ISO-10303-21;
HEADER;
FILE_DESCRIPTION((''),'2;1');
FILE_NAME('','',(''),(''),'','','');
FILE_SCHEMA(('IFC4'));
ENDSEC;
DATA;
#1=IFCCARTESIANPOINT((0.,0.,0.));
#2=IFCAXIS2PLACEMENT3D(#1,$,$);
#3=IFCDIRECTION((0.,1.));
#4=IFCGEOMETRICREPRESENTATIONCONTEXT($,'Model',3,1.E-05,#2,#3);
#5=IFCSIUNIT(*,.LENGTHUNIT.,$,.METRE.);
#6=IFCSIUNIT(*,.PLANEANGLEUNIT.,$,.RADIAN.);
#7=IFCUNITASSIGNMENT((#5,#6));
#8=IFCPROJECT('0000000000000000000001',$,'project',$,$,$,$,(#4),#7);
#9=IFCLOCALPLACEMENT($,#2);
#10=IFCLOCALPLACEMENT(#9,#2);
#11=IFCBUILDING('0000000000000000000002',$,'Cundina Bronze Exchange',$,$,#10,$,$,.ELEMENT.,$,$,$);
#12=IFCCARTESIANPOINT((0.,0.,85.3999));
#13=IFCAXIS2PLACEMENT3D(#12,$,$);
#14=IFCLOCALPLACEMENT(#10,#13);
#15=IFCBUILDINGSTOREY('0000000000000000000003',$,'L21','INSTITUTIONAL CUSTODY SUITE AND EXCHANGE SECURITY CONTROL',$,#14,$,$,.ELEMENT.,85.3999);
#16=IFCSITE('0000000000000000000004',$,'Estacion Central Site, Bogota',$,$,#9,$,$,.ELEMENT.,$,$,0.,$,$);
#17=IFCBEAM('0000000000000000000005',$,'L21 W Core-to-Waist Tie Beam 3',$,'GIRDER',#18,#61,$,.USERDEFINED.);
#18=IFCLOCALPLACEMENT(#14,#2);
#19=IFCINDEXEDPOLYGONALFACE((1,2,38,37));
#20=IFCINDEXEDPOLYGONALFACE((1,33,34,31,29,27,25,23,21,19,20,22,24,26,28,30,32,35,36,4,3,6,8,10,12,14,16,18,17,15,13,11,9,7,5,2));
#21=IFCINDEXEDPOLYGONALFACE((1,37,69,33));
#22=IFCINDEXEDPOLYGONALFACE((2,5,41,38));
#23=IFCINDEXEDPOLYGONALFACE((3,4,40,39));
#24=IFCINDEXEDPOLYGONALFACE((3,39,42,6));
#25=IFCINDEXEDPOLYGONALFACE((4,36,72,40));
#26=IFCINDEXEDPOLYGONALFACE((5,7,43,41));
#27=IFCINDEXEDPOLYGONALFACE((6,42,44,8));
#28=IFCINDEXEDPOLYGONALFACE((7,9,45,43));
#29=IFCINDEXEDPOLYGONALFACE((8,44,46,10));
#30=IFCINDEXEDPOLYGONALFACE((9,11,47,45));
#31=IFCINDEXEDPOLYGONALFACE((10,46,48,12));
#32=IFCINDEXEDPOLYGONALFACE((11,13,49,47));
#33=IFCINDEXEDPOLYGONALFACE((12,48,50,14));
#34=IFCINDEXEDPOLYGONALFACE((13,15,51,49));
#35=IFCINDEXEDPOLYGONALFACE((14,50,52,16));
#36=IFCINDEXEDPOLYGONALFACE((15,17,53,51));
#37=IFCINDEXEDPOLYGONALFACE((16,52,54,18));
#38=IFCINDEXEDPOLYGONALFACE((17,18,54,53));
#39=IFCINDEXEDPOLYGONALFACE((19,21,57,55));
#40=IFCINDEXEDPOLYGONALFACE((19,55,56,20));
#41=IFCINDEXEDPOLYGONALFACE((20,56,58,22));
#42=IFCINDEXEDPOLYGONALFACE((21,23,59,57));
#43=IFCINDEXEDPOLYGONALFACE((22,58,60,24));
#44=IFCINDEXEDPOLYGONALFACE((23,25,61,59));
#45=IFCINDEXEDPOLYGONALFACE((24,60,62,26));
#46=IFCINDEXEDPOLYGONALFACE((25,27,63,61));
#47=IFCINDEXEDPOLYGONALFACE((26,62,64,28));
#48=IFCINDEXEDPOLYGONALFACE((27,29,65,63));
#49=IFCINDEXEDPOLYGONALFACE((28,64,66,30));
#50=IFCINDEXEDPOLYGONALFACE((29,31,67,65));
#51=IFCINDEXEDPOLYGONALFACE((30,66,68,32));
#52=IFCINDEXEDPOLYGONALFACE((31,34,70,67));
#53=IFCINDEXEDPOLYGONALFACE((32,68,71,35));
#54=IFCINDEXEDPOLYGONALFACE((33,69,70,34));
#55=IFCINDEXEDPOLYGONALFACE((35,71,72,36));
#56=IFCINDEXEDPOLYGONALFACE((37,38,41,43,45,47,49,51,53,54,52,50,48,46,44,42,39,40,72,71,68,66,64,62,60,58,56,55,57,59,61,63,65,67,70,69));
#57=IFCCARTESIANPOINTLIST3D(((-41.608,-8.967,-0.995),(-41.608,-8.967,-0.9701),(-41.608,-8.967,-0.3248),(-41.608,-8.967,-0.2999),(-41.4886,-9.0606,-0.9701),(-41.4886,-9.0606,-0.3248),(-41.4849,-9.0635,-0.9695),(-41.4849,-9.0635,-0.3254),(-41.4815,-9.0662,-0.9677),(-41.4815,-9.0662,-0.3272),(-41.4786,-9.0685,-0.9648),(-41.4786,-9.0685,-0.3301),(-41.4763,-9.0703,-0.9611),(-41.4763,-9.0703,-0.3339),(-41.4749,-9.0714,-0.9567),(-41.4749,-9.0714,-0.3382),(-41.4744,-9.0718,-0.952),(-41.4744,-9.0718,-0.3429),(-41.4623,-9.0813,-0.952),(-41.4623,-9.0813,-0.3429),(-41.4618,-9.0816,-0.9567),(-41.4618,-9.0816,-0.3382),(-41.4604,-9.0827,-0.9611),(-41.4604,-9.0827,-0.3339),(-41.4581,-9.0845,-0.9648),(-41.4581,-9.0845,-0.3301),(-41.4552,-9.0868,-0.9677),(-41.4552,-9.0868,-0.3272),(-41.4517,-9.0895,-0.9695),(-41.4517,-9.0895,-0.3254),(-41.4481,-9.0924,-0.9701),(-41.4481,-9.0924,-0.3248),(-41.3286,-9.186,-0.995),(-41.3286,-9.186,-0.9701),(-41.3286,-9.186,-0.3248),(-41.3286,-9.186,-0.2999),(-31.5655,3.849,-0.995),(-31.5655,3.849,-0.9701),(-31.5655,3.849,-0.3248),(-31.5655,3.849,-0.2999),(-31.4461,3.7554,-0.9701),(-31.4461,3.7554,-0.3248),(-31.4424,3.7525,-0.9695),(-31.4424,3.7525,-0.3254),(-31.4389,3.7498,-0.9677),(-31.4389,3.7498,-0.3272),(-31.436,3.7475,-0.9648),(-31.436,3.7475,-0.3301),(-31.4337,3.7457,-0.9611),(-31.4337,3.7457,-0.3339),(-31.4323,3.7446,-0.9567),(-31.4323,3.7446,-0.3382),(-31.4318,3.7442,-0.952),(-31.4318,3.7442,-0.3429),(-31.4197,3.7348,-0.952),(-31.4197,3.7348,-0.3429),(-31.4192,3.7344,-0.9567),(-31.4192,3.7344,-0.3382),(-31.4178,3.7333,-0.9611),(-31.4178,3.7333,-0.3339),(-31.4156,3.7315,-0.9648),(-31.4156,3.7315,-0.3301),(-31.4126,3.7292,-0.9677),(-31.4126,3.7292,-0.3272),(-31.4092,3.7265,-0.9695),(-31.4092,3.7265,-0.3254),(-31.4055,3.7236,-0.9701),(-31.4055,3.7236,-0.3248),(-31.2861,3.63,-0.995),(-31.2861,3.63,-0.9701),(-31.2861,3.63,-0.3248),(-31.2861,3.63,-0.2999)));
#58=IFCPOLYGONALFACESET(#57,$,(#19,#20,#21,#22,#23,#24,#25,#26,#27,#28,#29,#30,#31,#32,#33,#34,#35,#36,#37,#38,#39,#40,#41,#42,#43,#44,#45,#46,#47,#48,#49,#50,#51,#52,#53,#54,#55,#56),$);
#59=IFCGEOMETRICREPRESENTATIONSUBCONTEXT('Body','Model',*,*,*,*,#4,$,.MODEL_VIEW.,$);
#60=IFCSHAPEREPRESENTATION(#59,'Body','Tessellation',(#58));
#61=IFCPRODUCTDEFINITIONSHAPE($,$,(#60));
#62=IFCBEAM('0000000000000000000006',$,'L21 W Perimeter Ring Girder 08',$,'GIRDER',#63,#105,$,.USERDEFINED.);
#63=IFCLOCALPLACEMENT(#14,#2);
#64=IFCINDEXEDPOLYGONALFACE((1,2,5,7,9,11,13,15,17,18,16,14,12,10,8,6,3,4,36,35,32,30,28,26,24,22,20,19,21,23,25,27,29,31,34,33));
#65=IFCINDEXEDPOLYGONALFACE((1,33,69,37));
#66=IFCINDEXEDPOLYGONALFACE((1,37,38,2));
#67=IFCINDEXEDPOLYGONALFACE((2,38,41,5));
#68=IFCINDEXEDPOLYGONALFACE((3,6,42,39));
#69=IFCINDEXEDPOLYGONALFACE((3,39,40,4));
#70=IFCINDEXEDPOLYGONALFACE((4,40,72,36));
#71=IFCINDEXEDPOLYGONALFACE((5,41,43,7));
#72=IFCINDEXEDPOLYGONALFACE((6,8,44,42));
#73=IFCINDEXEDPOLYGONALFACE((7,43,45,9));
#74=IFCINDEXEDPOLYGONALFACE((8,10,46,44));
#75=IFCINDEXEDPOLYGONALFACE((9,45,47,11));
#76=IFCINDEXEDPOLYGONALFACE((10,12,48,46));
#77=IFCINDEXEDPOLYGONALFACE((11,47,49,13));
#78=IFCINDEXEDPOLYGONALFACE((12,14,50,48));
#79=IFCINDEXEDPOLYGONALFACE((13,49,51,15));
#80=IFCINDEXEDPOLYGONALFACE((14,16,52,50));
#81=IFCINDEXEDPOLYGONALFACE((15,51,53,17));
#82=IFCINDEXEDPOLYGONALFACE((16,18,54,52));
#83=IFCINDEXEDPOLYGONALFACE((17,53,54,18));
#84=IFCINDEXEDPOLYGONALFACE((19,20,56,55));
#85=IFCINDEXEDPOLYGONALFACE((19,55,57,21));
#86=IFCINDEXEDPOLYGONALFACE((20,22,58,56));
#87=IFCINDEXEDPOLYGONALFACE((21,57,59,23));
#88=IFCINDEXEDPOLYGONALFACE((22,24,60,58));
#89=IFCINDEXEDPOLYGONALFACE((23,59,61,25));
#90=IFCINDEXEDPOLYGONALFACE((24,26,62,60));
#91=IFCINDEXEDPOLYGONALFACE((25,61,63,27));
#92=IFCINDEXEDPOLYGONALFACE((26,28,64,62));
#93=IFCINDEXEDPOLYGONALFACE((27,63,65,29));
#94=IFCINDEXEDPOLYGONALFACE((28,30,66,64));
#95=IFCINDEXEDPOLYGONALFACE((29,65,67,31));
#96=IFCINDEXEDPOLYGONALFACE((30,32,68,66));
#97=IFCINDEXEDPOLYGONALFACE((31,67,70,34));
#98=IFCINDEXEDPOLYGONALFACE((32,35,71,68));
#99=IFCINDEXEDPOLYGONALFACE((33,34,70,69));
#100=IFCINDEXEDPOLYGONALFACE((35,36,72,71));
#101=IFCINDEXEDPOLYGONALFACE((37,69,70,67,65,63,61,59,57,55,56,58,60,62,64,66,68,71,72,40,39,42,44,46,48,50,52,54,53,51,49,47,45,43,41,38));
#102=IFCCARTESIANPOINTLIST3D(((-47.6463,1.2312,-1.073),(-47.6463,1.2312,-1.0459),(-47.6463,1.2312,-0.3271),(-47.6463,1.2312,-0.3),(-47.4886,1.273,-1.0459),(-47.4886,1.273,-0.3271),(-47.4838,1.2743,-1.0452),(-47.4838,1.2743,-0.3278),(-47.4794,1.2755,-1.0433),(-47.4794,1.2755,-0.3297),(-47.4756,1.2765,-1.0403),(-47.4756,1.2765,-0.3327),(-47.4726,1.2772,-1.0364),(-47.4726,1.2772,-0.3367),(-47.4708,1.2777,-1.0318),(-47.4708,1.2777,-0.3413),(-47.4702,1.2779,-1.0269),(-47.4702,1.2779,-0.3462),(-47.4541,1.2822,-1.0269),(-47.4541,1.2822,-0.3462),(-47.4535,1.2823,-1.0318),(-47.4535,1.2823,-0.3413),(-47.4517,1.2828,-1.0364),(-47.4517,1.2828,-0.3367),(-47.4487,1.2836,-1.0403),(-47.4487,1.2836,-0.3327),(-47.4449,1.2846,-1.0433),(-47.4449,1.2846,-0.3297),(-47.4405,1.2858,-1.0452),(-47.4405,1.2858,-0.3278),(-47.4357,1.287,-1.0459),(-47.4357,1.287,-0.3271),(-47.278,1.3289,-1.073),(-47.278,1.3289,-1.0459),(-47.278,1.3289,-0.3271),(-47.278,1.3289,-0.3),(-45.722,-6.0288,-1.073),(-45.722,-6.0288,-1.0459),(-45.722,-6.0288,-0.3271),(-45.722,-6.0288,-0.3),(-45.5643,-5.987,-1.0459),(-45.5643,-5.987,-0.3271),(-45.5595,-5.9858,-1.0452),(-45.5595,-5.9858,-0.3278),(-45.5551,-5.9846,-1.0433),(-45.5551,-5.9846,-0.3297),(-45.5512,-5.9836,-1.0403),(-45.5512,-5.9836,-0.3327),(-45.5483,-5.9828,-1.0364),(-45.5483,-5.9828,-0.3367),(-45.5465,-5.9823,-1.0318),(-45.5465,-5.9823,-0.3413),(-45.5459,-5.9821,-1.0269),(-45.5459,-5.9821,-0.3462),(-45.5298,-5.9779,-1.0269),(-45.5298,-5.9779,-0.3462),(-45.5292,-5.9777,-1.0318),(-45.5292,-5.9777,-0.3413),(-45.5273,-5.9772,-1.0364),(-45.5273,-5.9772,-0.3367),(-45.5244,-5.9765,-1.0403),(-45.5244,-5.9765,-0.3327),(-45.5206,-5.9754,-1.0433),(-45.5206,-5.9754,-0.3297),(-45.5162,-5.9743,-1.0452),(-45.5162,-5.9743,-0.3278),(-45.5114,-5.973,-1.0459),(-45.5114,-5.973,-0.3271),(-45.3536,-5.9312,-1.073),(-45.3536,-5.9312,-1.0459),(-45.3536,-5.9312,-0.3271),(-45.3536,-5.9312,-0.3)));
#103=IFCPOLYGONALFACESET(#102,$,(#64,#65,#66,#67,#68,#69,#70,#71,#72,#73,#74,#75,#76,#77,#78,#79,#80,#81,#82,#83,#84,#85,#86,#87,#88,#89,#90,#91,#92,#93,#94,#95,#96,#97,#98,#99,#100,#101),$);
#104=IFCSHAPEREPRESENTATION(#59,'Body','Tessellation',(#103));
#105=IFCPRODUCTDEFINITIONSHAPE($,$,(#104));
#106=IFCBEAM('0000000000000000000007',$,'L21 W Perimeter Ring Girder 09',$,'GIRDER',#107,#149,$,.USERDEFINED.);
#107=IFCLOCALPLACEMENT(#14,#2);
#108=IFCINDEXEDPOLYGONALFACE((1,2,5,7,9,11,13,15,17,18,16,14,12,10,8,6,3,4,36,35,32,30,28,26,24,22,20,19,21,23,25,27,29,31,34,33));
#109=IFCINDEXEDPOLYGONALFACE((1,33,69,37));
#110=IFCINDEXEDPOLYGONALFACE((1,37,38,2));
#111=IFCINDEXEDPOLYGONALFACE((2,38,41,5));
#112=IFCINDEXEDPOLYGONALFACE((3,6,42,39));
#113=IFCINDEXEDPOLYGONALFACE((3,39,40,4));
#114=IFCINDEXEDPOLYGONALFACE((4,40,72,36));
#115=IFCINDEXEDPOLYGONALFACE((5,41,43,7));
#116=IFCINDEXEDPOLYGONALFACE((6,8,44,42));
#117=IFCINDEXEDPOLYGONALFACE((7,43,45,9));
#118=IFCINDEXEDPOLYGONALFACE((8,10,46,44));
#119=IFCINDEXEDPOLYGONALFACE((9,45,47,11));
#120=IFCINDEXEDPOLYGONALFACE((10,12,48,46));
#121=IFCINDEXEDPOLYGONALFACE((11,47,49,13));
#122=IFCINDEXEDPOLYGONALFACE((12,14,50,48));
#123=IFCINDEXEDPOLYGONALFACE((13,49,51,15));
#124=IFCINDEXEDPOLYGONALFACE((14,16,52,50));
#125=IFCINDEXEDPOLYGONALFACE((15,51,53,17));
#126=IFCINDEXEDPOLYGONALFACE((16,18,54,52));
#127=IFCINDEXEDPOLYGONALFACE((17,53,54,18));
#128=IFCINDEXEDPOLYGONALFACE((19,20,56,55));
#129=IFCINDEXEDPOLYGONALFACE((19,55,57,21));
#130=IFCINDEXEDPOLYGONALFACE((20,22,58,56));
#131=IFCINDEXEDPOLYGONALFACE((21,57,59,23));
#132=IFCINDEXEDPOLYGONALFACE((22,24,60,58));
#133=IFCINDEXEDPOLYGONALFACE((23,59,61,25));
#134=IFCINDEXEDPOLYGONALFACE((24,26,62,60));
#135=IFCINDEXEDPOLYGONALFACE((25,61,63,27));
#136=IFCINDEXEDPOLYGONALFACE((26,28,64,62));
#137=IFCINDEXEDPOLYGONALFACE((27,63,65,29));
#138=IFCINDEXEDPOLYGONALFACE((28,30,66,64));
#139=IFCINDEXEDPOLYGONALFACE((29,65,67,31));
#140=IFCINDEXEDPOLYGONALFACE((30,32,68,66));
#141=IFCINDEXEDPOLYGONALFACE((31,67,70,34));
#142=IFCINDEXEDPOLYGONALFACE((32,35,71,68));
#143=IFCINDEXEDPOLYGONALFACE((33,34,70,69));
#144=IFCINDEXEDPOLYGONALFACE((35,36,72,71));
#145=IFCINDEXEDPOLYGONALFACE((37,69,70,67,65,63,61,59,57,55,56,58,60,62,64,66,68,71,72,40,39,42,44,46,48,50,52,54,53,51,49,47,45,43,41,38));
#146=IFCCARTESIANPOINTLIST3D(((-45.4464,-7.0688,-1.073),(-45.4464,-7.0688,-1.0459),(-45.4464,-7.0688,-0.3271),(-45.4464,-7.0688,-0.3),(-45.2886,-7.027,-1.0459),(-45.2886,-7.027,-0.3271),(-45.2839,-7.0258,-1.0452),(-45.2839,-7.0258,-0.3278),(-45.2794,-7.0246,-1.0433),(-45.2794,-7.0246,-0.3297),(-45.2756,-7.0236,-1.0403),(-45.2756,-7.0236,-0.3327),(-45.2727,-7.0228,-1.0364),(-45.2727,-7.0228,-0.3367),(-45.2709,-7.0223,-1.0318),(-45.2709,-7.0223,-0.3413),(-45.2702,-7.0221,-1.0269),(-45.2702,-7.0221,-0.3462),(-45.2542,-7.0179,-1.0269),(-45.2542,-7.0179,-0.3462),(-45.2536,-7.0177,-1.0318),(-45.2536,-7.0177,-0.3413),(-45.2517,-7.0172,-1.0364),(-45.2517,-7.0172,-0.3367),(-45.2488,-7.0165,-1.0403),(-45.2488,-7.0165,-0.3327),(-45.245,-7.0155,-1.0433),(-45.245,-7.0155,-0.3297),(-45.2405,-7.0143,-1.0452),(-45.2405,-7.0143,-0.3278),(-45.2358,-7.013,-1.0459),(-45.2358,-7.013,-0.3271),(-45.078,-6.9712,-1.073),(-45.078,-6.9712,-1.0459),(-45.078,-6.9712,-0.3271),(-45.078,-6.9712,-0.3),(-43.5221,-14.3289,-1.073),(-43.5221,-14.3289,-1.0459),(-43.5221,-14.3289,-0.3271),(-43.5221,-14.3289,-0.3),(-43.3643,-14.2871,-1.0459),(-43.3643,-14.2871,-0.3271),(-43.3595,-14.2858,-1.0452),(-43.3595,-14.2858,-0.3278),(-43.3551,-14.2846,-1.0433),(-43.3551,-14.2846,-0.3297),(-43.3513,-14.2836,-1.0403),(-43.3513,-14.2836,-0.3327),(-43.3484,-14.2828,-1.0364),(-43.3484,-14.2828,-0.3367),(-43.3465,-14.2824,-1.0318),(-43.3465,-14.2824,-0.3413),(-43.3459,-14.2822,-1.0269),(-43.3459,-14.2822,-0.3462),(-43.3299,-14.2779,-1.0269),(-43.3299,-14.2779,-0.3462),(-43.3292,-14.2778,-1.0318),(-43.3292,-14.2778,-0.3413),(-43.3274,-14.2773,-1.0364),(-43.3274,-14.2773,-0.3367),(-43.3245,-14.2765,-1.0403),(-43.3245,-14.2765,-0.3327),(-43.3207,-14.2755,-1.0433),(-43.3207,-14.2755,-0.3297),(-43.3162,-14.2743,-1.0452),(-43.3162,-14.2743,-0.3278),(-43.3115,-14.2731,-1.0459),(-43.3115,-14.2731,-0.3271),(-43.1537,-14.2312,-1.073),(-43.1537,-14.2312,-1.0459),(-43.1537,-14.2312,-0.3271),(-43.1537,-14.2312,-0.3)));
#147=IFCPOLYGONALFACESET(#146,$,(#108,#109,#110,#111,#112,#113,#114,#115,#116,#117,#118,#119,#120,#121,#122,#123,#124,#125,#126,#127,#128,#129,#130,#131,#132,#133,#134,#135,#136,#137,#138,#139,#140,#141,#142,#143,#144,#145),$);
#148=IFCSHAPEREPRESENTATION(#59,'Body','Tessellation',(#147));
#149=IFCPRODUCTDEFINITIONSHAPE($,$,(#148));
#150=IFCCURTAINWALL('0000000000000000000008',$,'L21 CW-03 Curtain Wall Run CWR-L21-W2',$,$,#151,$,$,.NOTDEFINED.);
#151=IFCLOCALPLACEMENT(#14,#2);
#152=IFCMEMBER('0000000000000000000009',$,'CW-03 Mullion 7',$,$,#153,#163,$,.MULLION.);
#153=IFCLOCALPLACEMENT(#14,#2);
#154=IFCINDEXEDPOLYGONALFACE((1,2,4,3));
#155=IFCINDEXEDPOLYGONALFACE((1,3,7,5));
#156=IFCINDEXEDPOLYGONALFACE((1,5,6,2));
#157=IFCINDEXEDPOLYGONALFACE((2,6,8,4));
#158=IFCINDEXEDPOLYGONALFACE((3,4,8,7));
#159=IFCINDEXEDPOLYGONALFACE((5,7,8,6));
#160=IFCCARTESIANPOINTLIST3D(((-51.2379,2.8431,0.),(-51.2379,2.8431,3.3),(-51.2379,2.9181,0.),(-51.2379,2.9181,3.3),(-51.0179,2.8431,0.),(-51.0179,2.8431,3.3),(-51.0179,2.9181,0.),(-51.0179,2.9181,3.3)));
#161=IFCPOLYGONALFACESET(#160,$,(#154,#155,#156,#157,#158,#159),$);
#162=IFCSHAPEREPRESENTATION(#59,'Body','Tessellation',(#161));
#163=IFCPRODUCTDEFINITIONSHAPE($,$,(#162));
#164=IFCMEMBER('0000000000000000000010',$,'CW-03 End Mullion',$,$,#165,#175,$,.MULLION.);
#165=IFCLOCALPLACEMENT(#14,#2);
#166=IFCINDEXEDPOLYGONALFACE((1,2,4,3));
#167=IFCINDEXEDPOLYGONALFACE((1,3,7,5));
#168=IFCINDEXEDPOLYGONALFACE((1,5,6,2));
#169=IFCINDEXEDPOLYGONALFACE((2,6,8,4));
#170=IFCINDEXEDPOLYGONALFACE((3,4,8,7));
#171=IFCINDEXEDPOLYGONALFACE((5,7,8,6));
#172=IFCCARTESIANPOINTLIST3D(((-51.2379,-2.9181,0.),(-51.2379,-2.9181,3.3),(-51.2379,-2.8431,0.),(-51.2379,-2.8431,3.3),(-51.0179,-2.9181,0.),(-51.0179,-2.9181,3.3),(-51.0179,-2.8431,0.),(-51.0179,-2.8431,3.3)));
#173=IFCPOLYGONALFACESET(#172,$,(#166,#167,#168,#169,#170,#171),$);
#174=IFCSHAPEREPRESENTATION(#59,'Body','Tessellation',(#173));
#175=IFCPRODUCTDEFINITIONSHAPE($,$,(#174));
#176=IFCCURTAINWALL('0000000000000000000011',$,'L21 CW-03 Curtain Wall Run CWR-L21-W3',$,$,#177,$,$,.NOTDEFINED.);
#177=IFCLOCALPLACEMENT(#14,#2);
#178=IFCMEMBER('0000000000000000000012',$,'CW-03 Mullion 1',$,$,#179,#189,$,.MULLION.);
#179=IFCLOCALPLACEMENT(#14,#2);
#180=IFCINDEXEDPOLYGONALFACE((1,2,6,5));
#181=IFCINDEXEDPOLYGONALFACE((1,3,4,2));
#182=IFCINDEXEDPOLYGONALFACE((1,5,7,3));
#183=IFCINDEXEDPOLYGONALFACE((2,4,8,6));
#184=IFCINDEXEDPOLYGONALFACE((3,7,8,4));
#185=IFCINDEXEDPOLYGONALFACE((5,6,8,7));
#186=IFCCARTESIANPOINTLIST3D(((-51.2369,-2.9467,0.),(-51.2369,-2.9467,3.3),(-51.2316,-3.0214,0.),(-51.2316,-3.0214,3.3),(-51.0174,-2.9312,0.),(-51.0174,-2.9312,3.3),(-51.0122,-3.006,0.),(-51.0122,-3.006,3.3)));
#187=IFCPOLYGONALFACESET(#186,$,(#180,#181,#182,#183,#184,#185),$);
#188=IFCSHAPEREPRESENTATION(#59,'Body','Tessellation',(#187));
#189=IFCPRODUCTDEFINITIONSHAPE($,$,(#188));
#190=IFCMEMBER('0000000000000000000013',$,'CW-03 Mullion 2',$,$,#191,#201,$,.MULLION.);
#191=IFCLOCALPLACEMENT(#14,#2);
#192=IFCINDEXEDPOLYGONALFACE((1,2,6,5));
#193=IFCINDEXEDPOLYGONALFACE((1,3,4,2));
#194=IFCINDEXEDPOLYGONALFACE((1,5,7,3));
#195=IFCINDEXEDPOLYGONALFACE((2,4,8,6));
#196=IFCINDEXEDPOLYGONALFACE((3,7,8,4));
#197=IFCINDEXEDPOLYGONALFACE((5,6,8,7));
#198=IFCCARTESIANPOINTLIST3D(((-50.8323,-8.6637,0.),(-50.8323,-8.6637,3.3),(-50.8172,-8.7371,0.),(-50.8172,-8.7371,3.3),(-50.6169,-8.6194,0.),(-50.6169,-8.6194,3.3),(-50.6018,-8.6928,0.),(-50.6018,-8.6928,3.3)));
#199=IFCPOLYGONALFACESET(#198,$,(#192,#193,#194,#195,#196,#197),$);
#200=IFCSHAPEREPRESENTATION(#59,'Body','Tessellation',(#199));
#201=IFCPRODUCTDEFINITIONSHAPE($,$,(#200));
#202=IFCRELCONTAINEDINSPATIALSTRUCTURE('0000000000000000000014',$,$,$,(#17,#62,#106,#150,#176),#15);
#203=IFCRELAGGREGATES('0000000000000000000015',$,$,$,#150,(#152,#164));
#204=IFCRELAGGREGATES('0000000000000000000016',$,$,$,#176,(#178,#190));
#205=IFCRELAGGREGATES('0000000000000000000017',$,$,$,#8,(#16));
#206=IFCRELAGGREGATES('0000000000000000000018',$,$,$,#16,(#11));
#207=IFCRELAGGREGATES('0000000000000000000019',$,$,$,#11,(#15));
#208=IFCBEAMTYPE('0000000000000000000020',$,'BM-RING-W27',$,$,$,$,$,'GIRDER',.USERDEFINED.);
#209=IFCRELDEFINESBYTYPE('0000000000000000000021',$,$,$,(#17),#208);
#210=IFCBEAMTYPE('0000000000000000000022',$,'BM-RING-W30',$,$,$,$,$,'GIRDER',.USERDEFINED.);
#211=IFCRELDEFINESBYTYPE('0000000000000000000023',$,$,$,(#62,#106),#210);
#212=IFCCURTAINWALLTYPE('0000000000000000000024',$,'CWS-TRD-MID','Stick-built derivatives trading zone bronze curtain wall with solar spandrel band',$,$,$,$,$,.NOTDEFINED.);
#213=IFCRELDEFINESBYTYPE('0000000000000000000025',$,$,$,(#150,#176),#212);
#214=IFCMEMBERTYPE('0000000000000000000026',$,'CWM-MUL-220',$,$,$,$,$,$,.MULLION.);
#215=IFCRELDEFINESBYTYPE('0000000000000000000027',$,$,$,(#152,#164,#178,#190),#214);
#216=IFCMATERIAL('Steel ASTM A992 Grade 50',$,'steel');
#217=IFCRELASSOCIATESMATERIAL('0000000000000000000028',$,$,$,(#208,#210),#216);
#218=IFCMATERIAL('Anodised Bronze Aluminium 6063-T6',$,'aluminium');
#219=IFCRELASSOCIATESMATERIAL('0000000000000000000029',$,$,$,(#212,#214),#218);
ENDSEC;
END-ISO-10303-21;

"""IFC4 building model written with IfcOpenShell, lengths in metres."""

from ifc_helpers import new_model, si_unit, direction, frame, origin, origin_2d, place, context, subcontext, project, spatial, rectangle, i_section, extrude, material, material_profile, profile_set, type_object, element, aggregate, save


model = new_model("IFC4")

# Units and contexts
model_context = context("Model", 3, precision=1e-05, world=origin(), true_north=direction((0.0, 1.0)))
body_context = subcontext(model_context, "Body", "Model", "MODEL_VIEW")
ifc_project = project(units=[si_unit("LENGTHUNIT", "METRE"), si_unit("PLANEANGLEUNIT", "RADIAN")], contexts=[model_context])

# Site, building, storey
site_placement = place(None, origin())
site = spatial("IfcSite", under=ifc_project, at=site_placement, Name="Estacion Central Site, Bogota", CompositionType="ELEMENT", RefElevation=0.0)
building_placement = place(site_placement, origin())
building = spatial("IfcBuilding", under=site, at=building_placement, Name="Cundina Bronze Exchange", CompositionType="ELEMENT")
storey_placement = place(building_placement, frame((0.0, 0.0, 85.3999)))
storey = spatial("IfcBuildingStorey", under=building, at=storey_placement, Name="L21", Description="INSTITUTIONAL CUSTODY SUITE AND EXCHANGE SECURITY CONTROL", CompositionType="ELEMENT", Elevation=85.3999)

# Shared definitions
ifc_material_1 = material(Name="Steel ASTM A992 Grade 50", Category="steel")

# Beams
ifc_material_profile_1 = material_profile(ifc_material_1, i_section(OverallWidth=0.355, OverallDepth=0.6951, WebThickness=0.0154, FlangeThickness=0.0249, FilletRadius=0.0181, at=origin_2d()), Name="W27X146", Category="steel")
ifc_profile_set_1 = profile_set([ifc_material_profile_1], Name="Steel ASTM A992 Grade 50")
beam_type_1 = type_object("IfcBeamType", Name="BM-RING-W27", ElementType="GIRDER", PredefinedType="USERDEFINED", material=ifc_profile_set_1)
beam_1_placement = place(storey_placement, frame((-31.4258, 3.7395, -0.6475), z_axis=(-0.616789, -0.787128, 0.0), x_axis=(0.787128, -0.616789, 0.0)))
element("IfcBeam", 1, at=beam_1_placement, inside=storey, type_object=beam_type_1, Name="L21 W Core-to-Waist Tie Beam 3", ObjectType="GIRDER", PredefinedType="USERDEFINED", context=body_context, shape_type="SweptSolid", body=[
    extrude(i_section(OverallWidth=0.355, OverallDepth=0.6951, WebThickness=0.0154, FlangeThickness=0.0249, FilletRadius=0.0181, at=origin_2d()), origin(), (0.0, 0.0, 1.0), 16.282),
])
ifc_material_profile_2 = material_profile(ifc_material_1, i_section(OverallWidth=0.3811, OverallDepth=0.7729, WebThickness=0.0166, FlangeThickness=0.0271, FilletRadius=0.019, at=origin_2d()), Name="W30X173", Category="steel")
ifc_profile_set_2 = profile_set([ifc_material_profile_2], Name="Steel ASTM A992 Grade 50")
beam_type_2 = type_object("IfcBeamType", Name="BM-RING-W30", ElementType="GIRDER", PredefinedType="USERDEFINED", material=ifc_profile_set_2)
for number, where, z_axis, x_axis, name in (
    (2, (-47.4622, 1.28, -0.6865), (0.25621, -0.966621, 0.0), (0.966621, 0.25621, 0.0), "L21 W Perimeter Ring Girder 08"),
    (3, (-45.2622, -7.02, -0.6865), (0.25621, -0.966621, 0.0), (0.966621, 0.25621, 0.0), "L21 W Perimeter Ring Girder 09"),
):
    element("IfcBeam", number, at=place(storey_placement, frame(where, z_axis=z_axis, x_axis=x_axis)), inside=storey, type_object=beam_type_2, Name=name, ObjectType="GIRDER", PredefinedType="USERDEFINED", context=body_context, shape_type="SweptSolid", body=[
        extrude(i_section(OverallWidth=0.3811, OverallDepth=0.7729, WebThickness=0.0166, FlangeThickness=0.0271, FilletRadius=0.019, at=origin_2d()), origin(), (0.0, 0.0, 1.0), 7.5107),
    ])

# Curtain walls, members
ifc_material_2 = material(Name="Anodised Bronze Aluminium 6063-T6", Category="aluminium")
curtain_wall_type = type_object("IfcCurtainWallType", Name="CWS-TRD-MID", Description="Stick-built derivatives trading zone bronze curtain wall with solar spandrel band", PredefinedType="NOTDEFINED", material=ifc_material_2)
curtain_wall_1_placement = place(storey_placement, origin())
curtain_wall_1 = element("IfcCurtainWall", 4, at=curtain_wall_1_placement, inside=storey, type_object=curtain_wall_type, Name="L21 CW-03 Curtain Wall Run CWR-L21-W2", PredefinedType="NOTDEFINED")
ifc_material_profile_3 = material_profile(ifc_material_2, rectangle(XDim=0.075, YDim=0.22, at=origin_2d()), Name="AL75X220", Category="aluminium")
ifc_profile_set_3 = profile_set([ifc_material_profile_3], Name="Anodised Bronze Aluminium 6063-T6")
member_type_1 = type_object("IfcMemberType", Name="CWM-MUL-220", PredefinedType="MULLION", material=ifc_profile_set_3)
member_1_placement = place(storey_placement, frame((-51.1279, 2.8806, 0.0), z_axis=(0.0, 0.0, 1.0), x_axis=(0.0, -1.0, 0.0)))
member_1 = element("IfcMember", 5, at=member_1_placement, type_object=member_type_1, Name="CW-03 Mullion 7", PredefinedType="MULLION", context=body_context, shape_type="SweptSolid", body=[
    extrude(rectangle(XDim=0.075, YDim=0.22, at=origin_2d()), origin(), (0.0, 0.0, 1.0), 3.3),
])
member_2_placement = place(storey_placement, frame((-51.1279, -2.8806, 0.0), z_axis=(0.0, 0.0, 1.0), x_axis=(0.0, -1.0, 0.0)))
member_2 = element("IfcMember", 6, at=member_2_placement, type_object=member_type_1, Name="CW-03 End Mullion", PredefinedType="MULLION", context=body_context, shape_type="SweptSolid", body=[
    extrude(rectangle(XDim=0.075, YDim=0.22, at=origin_2d()), origin(), (0.0, 0.0, 1.0), 3.3),
])
curtain_wall_2_placement = place(storey_placement, origin())
curtain_wall_2 = element("IfcCurtainWall", 7, at=curtain_wall_2_placement, inside=storey, type_object=curtain_wall_type, Name="L21 CW-03 Curtain Wall Run CWR-L21-W3", PredefinedType="NOTDEFINED")
member_3_placement = place(storey_placement, frame((-51.1245, -2.9763, 0.0), z_axis=(0.0, 0.0, 1.0), x_axis=(0.070279, -0.997527, 0.0)))
member_3 = element("IfcMember", 8, at=member_3_placement, type_object=member_type_1, Name="CW-03 Mullion 1", PredefinedType="MULLION", context=body_context, shape_type="SweptSolid", body=[
    extrude(rectangle(XDim=0.075, YDim=0.22, at=origin_2d()), origin(), (0.0, 0.0, 1.0), 3.3),
])
member_4_placement = place(storey_placement, frame((-50.717, -8.6782, 0.0), z_axis=(0.0, 0.0, 1.0), x_axis=(0.20142, -0.979505, 0.0)))
member_4 = element("IfcMember", 9, at=member_4_placement, type_object=member_type_1, Name="CW-03 Mullion 2", PredefinedType="MULLION", context=body_context, shape_type="SweptSolid", body=[
    extrude(rectangle(XDim=0.075, YDim=0.22, at=origin_2d()), origin(), (0.0, 0.0, 1.0), 3.3),
])

aggregate(curtain_wall_1, [member_1, member_2])
aggregate(curtain_wall_2, [member_3, member_4])

save(model, "model.ifc")
